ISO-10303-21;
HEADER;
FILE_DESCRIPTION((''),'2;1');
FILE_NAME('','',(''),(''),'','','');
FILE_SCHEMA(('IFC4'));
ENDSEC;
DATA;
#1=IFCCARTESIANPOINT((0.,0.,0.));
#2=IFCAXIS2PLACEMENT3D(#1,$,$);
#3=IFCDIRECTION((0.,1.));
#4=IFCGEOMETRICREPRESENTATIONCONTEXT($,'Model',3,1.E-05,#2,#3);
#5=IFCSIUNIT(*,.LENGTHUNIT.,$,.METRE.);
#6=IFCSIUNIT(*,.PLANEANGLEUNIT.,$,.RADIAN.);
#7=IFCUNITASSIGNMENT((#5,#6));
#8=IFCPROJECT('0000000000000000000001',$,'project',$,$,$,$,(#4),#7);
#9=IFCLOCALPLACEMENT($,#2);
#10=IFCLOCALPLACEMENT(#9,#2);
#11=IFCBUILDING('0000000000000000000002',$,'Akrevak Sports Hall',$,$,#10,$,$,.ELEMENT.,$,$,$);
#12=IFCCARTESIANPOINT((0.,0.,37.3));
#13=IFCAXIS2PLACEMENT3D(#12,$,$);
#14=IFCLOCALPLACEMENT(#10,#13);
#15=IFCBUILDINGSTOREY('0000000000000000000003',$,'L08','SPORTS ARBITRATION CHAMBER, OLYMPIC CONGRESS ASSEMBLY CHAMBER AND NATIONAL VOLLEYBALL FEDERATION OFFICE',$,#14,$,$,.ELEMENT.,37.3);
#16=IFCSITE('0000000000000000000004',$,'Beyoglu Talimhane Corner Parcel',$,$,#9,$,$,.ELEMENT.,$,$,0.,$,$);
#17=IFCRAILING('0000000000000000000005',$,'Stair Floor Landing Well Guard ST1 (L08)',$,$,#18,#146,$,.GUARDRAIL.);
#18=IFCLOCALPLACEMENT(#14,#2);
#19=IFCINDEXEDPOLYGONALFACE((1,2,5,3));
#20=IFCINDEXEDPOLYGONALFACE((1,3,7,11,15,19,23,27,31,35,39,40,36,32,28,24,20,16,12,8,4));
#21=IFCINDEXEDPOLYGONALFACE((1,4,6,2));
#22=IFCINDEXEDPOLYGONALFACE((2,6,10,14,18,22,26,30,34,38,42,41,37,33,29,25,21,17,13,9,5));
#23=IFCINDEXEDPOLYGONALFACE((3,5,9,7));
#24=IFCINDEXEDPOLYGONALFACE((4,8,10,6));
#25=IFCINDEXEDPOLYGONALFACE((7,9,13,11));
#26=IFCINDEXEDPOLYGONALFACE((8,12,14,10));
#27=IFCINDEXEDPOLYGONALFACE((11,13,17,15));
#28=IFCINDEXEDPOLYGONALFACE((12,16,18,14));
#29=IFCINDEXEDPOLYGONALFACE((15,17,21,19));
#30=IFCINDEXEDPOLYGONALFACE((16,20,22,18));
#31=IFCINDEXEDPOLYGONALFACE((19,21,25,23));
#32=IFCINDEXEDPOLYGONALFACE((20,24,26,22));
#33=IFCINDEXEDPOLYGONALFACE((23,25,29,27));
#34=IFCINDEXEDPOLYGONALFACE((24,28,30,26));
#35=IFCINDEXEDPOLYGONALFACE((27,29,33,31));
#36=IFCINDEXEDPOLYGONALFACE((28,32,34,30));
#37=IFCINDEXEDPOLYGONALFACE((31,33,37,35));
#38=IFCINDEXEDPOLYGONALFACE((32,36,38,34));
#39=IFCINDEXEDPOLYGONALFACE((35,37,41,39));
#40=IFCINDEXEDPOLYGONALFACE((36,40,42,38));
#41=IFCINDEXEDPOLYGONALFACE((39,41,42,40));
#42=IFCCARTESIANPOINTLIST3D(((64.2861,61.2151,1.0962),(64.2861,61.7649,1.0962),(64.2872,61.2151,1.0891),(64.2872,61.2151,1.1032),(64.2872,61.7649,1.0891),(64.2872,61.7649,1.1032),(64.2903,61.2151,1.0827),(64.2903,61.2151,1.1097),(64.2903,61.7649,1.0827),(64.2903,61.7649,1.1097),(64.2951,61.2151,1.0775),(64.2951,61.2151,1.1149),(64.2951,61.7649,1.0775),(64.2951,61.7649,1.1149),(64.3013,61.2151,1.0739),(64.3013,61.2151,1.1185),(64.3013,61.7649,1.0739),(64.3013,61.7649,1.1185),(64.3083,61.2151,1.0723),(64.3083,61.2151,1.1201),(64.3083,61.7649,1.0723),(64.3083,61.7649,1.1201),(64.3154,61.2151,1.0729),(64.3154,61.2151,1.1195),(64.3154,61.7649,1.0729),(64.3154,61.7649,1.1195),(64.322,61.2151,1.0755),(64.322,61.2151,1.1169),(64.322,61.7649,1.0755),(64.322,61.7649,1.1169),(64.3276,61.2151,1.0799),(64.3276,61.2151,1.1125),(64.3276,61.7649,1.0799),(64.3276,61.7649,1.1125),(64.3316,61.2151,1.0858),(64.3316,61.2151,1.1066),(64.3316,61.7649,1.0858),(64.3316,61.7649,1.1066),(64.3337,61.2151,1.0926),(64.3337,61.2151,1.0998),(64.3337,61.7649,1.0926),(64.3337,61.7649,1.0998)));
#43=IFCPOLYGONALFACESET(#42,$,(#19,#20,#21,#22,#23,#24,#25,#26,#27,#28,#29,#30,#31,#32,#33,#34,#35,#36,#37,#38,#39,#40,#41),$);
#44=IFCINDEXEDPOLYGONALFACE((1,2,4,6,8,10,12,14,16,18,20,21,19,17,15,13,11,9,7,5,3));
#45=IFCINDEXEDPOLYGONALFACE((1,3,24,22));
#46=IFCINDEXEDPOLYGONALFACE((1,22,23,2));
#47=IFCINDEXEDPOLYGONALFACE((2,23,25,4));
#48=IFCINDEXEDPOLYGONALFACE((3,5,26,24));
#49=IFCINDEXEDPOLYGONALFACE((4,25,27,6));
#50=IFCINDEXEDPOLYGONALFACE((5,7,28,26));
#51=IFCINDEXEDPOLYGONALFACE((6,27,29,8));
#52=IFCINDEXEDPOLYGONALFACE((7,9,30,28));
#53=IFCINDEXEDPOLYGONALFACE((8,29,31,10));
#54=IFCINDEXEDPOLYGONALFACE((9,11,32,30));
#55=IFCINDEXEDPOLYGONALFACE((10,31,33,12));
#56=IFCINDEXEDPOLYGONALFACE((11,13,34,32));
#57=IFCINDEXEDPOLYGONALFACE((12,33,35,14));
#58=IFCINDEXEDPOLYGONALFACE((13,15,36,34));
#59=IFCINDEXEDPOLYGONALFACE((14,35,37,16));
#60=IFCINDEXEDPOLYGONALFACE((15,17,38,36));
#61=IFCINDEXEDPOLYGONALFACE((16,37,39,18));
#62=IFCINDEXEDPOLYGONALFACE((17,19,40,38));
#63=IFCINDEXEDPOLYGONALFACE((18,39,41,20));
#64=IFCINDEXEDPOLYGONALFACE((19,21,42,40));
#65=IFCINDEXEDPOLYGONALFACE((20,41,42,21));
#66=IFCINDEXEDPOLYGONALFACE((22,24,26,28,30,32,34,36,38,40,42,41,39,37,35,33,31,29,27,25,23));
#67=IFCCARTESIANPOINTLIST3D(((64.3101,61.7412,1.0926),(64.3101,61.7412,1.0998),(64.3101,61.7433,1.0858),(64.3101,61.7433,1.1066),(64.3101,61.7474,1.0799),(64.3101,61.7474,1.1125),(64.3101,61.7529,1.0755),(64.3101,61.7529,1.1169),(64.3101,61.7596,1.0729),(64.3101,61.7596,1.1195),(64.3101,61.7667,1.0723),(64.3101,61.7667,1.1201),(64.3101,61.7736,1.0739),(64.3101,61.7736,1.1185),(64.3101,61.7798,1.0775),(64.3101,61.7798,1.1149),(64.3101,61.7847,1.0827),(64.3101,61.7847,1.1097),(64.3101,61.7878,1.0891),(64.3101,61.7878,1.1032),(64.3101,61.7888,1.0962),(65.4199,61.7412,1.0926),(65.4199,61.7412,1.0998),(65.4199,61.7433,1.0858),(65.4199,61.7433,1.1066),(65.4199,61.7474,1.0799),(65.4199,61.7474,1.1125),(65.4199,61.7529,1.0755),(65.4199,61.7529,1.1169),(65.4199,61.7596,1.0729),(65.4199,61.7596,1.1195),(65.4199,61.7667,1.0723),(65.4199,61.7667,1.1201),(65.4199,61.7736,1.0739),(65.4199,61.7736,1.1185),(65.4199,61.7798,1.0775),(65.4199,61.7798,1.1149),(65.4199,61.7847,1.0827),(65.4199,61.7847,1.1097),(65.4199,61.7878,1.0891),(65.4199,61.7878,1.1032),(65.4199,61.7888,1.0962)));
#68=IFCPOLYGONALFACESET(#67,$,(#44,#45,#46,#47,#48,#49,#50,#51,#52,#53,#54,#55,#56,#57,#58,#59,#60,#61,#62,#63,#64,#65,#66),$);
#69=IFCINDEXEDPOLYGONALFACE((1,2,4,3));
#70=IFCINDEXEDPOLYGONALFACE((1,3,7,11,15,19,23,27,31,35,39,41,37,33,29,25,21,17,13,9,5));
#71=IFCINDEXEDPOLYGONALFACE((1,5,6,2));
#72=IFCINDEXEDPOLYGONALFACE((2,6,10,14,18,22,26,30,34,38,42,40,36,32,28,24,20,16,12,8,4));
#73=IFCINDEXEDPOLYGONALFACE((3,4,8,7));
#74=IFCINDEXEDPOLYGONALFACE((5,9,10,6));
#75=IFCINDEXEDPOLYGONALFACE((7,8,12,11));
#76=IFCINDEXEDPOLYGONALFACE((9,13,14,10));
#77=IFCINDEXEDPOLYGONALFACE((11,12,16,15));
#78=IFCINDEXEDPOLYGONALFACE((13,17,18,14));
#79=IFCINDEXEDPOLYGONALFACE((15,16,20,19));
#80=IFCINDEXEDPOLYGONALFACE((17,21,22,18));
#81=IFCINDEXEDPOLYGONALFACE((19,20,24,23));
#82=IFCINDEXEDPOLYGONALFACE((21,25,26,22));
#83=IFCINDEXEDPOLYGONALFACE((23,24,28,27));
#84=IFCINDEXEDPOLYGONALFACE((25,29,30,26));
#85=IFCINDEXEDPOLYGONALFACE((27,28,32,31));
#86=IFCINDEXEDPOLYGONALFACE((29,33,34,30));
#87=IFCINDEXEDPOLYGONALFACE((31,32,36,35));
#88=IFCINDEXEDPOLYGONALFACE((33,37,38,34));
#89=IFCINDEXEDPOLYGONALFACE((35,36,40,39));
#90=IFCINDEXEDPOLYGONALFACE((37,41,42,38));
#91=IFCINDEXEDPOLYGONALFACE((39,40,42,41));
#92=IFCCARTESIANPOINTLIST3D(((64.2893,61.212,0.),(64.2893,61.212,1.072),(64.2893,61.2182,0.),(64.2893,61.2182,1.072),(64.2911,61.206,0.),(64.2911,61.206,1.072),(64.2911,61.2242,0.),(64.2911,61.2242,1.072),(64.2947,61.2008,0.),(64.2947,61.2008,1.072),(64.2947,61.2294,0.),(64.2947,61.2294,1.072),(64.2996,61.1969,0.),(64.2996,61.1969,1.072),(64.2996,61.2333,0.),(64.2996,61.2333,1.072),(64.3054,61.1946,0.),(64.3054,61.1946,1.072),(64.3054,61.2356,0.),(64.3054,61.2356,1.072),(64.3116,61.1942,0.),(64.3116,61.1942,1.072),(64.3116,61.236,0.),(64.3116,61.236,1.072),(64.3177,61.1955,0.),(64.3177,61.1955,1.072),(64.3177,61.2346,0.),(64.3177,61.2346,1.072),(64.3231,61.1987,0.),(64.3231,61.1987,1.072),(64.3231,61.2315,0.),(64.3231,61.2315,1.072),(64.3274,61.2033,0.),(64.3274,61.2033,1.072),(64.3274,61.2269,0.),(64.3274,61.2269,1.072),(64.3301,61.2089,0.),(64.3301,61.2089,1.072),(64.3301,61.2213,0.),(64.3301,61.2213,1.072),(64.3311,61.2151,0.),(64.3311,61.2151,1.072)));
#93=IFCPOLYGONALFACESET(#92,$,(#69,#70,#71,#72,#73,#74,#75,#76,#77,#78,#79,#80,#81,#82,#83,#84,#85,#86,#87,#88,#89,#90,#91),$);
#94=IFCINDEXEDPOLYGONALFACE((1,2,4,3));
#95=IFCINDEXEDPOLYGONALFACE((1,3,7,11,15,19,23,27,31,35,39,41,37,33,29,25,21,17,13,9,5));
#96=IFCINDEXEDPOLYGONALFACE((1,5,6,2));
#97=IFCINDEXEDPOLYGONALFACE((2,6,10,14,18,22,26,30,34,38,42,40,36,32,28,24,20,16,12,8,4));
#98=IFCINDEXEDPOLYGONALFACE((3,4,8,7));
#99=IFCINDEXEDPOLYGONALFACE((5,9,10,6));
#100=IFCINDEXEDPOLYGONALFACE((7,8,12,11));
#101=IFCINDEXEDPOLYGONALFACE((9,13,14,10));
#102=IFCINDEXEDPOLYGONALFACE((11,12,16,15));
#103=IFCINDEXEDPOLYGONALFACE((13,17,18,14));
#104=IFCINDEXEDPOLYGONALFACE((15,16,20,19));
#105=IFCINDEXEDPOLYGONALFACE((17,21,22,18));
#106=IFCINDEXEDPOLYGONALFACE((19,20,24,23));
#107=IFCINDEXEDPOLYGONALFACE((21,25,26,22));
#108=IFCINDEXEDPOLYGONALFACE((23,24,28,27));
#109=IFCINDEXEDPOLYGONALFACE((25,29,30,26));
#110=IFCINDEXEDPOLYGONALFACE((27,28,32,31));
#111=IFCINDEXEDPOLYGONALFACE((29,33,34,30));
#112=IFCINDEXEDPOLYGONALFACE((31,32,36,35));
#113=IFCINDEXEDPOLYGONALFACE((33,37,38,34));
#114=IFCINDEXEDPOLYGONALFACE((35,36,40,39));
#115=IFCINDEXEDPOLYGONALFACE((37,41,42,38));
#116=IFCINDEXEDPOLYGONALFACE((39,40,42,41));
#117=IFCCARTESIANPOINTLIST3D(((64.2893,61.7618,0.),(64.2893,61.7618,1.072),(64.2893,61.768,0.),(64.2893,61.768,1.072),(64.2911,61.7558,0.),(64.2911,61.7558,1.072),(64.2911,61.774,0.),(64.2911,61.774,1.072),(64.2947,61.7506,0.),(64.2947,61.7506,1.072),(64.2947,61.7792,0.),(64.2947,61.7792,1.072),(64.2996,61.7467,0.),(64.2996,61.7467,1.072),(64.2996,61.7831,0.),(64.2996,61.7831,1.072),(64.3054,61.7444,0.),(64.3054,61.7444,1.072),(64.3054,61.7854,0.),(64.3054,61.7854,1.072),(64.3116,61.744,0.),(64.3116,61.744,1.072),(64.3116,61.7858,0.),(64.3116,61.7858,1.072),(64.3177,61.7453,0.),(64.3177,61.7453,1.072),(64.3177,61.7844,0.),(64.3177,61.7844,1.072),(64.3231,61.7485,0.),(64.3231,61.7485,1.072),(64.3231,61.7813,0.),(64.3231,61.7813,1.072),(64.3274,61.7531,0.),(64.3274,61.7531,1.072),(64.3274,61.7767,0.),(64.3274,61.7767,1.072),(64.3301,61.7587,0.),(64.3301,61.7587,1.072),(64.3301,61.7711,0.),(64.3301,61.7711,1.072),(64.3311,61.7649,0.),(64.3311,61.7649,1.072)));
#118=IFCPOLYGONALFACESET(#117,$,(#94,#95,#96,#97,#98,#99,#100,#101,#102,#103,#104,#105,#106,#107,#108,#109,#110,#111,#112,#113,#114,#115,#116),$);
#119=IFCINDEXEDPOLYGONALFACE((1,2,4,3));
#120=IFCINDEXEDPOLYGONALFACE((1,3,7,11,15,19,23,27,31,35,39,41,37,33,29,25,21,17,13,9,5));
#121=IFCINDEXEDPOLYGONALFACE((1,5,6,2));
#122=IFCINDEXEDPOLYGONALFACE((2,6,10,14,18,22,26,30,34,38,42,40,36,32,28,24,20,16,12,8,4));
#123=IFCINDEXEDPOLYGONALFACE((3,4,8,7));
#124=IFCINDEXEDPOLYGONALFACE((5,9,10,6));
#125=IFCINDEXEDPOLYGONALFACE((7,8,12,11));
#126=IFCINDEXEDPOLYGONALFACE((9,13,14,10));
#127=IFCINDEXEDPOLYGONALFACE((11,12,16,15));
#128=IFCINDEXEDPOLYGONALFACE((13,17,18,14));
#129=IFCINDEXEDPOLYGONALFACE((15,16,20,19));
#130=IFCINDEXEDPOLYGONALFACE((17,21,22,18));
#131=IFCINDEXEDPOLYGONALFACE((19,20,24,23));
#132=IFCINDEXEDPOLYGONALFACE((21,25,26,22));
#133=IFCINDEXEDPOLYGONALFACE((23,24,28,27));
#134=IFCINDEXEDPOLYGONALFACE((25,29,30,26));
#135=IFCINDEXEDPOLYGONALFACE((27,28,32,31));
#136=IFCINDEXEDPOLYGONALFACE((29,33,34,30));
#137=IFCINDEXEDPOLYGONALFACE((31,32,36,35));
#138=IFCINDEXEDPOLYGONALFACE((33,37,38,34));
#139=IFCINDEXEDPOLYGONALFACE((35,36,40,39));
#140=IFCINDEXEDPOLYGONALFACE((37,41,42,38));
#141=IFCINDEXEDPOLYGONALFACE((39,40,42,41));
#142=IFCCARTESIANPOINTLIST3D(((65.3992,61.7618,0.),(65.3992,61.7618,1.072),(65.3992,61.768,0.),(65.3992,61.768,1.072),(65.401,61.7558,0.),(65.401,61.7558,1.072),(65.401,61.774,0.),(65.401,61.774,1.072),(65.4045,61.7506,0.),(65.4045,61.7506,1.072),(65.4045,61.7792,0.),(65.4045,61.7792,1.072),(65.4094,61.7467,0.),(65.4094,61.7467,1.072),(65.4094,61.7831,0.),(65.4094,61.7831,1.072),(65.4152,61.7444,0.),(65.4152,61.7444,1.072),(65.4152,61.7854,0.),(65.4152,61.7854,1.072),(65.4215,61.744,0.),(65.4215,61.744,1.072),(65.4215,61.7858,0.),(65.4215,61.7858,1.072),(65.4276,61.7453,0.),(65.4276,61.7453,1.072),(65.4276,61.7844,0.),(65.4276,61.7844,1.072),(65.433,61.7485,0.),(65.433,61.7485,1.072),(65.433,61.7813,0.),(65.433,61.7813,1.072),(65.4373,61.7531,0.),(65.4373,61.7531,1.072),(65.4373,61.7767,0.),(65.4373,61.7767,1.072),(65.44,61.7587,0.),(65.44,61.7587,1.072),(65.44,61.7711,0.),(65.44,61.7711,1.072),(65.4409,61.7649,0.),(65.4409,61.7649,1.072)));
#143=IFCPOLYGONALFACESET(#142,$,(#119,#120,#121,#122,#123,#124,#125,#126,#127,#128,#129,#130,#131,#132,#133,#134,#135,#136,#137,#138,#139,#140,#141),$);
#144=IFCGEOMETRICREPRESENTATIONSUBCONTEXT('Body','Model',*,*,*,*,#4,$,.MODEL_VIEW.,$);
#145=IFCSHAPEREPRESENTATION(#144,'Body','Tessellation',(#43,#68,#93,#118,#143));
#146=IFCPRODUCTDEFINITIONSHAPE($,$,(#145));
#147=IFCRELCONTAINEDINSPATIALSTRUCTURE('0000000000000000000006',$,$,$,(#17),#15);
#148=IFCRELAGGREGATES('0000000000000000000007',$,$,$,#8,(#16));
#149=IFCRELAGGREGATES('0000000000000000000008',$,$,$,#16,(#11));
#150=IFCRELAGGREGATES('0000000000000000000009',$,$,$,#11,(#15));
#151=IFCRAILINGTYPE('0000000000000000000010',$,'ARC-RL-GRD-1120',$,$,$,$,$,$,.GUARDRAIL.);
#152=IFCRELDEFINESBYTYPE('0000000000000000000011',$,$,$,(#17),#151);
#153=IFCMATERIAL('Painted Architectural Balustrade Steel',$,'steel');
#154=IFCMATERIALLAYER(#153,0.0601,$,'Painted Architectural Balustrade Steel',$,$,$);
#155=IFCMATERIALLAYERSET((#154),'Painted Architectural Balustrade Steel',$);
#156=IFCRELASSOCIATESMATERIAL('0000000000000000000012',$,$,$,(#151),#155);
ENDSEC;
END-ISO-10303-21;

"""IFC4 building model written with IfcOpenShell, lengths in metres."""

from ifc_helpers import new_model, si_unit, direction, frame, origin, origin_2d, place, context, subcontext, project, spatial, circle, extrude, material, layer, layer_set, type_object, element, save


model = new_model("IFC4")

# Units and contexts
model_context = context("Model", 3, precision=1e-05, world=origin(), true_north=direction((0.0, 1.0)))
body_context = subcontext(model_context, "Body", "Model", "MODEL_VIEW")
ifc_project = project(units=[si_unit("LENGTHUNIT", "METRE"), si_unit("PLANEANGLEUNIT", "RADIAN")], contexts=[model_context])

# Site, building, storey
site_placement = place(None, origin())
site = spatial("IfcSite", under=ifc_project, at=site_placement, Name="Beyoglu Talimhane Corner Parcel", CompositionType="ELEMENT", RefElevation=0.0)
building_placement = place(site_placement, origin())
building = spatial("IfcBuilding", under=site, at=building_placement, Name="Akrevak Sports Hall", CompositionType="ELEMENT")
storey_placement = place(building_placement, frame((0.0, 0.0, 37.3)))
storey = spatial("IfcBuildingStorey", under=building, at=storey_placement, Name="L08", Description="SPORTS ARBITRATION CHAMBER, OLYMPIC CONGRESS ASSEMBLY CHAMBER AND NATIONAL VOLLEYBALL FEDERATION OFFICE", CompositionType="ELEMENT", Elevation=37.3)

# Railing
ifc_material_1 = material(Name="Painted Architectural Balustrade Steel", Category="steel")
ifc_layer_1 = layer(ifc_material_1, 0.0601, Name="Painted Architectural Balustrade Steel")
ifc_layer_set_1 = layer_set([ifc_layer_1], Name="Painted Architectural Balustrade Steel")
railing_type_1 = type_object("IfcRailingType", Name="ARC-RL-GRD-1120", PredefinedType="GUARDRAIL", material=ifc_layer_set_1)
railing_1_placement = place(storey_placement, frame((64.3101, 61.2151, 0.0)))
element("IfcRailing", 1, at=railing_1_placement, inside=storey, type_object=railing_type_1, Name="Stair Floor Landing Well Guard ST1 (L08)", PredefinedType="GUARDRAIL", context=body_context, shape_type="SweptSolid", body=[
    extrude(circle(Radius=0.0239, at=origin_2d()), frame((0.0, 0.0, 1.0962), z_axis=(0.0, 1.0, 0.0), x_axis=(-1.0, 0.0, 0.0)), (0.0, 0.0, 1.0), 0.5498),
    extrude(circle(Radius=0.0239, at=origin_2d()), frame((0.0, 0.5498, 1.0962), z_axis=(1.0, 0.0, 0.0), x_axis=(0.0, 1.0, 0.0)), (0.0, 0.0, 1.0), 1.1099),
    extrude(circle(Radius=0.021, at=origin_2d()), origin(), (0.0, 0.0, 1.0), 1.072),
    extrude(circle(Radius=0.021, at=origin_2d()), frame((0.0, 0.5498, 0.0)), (0.0, 0.0, 1.0), 1.072),
    extrude(circle(Radius=0.021, at=origin_2d()), frame((1.1099, 0.5498, 0.0)), (0.0, 0.0, 1.0), 1.072),
])

save(model, "model.ifc")
